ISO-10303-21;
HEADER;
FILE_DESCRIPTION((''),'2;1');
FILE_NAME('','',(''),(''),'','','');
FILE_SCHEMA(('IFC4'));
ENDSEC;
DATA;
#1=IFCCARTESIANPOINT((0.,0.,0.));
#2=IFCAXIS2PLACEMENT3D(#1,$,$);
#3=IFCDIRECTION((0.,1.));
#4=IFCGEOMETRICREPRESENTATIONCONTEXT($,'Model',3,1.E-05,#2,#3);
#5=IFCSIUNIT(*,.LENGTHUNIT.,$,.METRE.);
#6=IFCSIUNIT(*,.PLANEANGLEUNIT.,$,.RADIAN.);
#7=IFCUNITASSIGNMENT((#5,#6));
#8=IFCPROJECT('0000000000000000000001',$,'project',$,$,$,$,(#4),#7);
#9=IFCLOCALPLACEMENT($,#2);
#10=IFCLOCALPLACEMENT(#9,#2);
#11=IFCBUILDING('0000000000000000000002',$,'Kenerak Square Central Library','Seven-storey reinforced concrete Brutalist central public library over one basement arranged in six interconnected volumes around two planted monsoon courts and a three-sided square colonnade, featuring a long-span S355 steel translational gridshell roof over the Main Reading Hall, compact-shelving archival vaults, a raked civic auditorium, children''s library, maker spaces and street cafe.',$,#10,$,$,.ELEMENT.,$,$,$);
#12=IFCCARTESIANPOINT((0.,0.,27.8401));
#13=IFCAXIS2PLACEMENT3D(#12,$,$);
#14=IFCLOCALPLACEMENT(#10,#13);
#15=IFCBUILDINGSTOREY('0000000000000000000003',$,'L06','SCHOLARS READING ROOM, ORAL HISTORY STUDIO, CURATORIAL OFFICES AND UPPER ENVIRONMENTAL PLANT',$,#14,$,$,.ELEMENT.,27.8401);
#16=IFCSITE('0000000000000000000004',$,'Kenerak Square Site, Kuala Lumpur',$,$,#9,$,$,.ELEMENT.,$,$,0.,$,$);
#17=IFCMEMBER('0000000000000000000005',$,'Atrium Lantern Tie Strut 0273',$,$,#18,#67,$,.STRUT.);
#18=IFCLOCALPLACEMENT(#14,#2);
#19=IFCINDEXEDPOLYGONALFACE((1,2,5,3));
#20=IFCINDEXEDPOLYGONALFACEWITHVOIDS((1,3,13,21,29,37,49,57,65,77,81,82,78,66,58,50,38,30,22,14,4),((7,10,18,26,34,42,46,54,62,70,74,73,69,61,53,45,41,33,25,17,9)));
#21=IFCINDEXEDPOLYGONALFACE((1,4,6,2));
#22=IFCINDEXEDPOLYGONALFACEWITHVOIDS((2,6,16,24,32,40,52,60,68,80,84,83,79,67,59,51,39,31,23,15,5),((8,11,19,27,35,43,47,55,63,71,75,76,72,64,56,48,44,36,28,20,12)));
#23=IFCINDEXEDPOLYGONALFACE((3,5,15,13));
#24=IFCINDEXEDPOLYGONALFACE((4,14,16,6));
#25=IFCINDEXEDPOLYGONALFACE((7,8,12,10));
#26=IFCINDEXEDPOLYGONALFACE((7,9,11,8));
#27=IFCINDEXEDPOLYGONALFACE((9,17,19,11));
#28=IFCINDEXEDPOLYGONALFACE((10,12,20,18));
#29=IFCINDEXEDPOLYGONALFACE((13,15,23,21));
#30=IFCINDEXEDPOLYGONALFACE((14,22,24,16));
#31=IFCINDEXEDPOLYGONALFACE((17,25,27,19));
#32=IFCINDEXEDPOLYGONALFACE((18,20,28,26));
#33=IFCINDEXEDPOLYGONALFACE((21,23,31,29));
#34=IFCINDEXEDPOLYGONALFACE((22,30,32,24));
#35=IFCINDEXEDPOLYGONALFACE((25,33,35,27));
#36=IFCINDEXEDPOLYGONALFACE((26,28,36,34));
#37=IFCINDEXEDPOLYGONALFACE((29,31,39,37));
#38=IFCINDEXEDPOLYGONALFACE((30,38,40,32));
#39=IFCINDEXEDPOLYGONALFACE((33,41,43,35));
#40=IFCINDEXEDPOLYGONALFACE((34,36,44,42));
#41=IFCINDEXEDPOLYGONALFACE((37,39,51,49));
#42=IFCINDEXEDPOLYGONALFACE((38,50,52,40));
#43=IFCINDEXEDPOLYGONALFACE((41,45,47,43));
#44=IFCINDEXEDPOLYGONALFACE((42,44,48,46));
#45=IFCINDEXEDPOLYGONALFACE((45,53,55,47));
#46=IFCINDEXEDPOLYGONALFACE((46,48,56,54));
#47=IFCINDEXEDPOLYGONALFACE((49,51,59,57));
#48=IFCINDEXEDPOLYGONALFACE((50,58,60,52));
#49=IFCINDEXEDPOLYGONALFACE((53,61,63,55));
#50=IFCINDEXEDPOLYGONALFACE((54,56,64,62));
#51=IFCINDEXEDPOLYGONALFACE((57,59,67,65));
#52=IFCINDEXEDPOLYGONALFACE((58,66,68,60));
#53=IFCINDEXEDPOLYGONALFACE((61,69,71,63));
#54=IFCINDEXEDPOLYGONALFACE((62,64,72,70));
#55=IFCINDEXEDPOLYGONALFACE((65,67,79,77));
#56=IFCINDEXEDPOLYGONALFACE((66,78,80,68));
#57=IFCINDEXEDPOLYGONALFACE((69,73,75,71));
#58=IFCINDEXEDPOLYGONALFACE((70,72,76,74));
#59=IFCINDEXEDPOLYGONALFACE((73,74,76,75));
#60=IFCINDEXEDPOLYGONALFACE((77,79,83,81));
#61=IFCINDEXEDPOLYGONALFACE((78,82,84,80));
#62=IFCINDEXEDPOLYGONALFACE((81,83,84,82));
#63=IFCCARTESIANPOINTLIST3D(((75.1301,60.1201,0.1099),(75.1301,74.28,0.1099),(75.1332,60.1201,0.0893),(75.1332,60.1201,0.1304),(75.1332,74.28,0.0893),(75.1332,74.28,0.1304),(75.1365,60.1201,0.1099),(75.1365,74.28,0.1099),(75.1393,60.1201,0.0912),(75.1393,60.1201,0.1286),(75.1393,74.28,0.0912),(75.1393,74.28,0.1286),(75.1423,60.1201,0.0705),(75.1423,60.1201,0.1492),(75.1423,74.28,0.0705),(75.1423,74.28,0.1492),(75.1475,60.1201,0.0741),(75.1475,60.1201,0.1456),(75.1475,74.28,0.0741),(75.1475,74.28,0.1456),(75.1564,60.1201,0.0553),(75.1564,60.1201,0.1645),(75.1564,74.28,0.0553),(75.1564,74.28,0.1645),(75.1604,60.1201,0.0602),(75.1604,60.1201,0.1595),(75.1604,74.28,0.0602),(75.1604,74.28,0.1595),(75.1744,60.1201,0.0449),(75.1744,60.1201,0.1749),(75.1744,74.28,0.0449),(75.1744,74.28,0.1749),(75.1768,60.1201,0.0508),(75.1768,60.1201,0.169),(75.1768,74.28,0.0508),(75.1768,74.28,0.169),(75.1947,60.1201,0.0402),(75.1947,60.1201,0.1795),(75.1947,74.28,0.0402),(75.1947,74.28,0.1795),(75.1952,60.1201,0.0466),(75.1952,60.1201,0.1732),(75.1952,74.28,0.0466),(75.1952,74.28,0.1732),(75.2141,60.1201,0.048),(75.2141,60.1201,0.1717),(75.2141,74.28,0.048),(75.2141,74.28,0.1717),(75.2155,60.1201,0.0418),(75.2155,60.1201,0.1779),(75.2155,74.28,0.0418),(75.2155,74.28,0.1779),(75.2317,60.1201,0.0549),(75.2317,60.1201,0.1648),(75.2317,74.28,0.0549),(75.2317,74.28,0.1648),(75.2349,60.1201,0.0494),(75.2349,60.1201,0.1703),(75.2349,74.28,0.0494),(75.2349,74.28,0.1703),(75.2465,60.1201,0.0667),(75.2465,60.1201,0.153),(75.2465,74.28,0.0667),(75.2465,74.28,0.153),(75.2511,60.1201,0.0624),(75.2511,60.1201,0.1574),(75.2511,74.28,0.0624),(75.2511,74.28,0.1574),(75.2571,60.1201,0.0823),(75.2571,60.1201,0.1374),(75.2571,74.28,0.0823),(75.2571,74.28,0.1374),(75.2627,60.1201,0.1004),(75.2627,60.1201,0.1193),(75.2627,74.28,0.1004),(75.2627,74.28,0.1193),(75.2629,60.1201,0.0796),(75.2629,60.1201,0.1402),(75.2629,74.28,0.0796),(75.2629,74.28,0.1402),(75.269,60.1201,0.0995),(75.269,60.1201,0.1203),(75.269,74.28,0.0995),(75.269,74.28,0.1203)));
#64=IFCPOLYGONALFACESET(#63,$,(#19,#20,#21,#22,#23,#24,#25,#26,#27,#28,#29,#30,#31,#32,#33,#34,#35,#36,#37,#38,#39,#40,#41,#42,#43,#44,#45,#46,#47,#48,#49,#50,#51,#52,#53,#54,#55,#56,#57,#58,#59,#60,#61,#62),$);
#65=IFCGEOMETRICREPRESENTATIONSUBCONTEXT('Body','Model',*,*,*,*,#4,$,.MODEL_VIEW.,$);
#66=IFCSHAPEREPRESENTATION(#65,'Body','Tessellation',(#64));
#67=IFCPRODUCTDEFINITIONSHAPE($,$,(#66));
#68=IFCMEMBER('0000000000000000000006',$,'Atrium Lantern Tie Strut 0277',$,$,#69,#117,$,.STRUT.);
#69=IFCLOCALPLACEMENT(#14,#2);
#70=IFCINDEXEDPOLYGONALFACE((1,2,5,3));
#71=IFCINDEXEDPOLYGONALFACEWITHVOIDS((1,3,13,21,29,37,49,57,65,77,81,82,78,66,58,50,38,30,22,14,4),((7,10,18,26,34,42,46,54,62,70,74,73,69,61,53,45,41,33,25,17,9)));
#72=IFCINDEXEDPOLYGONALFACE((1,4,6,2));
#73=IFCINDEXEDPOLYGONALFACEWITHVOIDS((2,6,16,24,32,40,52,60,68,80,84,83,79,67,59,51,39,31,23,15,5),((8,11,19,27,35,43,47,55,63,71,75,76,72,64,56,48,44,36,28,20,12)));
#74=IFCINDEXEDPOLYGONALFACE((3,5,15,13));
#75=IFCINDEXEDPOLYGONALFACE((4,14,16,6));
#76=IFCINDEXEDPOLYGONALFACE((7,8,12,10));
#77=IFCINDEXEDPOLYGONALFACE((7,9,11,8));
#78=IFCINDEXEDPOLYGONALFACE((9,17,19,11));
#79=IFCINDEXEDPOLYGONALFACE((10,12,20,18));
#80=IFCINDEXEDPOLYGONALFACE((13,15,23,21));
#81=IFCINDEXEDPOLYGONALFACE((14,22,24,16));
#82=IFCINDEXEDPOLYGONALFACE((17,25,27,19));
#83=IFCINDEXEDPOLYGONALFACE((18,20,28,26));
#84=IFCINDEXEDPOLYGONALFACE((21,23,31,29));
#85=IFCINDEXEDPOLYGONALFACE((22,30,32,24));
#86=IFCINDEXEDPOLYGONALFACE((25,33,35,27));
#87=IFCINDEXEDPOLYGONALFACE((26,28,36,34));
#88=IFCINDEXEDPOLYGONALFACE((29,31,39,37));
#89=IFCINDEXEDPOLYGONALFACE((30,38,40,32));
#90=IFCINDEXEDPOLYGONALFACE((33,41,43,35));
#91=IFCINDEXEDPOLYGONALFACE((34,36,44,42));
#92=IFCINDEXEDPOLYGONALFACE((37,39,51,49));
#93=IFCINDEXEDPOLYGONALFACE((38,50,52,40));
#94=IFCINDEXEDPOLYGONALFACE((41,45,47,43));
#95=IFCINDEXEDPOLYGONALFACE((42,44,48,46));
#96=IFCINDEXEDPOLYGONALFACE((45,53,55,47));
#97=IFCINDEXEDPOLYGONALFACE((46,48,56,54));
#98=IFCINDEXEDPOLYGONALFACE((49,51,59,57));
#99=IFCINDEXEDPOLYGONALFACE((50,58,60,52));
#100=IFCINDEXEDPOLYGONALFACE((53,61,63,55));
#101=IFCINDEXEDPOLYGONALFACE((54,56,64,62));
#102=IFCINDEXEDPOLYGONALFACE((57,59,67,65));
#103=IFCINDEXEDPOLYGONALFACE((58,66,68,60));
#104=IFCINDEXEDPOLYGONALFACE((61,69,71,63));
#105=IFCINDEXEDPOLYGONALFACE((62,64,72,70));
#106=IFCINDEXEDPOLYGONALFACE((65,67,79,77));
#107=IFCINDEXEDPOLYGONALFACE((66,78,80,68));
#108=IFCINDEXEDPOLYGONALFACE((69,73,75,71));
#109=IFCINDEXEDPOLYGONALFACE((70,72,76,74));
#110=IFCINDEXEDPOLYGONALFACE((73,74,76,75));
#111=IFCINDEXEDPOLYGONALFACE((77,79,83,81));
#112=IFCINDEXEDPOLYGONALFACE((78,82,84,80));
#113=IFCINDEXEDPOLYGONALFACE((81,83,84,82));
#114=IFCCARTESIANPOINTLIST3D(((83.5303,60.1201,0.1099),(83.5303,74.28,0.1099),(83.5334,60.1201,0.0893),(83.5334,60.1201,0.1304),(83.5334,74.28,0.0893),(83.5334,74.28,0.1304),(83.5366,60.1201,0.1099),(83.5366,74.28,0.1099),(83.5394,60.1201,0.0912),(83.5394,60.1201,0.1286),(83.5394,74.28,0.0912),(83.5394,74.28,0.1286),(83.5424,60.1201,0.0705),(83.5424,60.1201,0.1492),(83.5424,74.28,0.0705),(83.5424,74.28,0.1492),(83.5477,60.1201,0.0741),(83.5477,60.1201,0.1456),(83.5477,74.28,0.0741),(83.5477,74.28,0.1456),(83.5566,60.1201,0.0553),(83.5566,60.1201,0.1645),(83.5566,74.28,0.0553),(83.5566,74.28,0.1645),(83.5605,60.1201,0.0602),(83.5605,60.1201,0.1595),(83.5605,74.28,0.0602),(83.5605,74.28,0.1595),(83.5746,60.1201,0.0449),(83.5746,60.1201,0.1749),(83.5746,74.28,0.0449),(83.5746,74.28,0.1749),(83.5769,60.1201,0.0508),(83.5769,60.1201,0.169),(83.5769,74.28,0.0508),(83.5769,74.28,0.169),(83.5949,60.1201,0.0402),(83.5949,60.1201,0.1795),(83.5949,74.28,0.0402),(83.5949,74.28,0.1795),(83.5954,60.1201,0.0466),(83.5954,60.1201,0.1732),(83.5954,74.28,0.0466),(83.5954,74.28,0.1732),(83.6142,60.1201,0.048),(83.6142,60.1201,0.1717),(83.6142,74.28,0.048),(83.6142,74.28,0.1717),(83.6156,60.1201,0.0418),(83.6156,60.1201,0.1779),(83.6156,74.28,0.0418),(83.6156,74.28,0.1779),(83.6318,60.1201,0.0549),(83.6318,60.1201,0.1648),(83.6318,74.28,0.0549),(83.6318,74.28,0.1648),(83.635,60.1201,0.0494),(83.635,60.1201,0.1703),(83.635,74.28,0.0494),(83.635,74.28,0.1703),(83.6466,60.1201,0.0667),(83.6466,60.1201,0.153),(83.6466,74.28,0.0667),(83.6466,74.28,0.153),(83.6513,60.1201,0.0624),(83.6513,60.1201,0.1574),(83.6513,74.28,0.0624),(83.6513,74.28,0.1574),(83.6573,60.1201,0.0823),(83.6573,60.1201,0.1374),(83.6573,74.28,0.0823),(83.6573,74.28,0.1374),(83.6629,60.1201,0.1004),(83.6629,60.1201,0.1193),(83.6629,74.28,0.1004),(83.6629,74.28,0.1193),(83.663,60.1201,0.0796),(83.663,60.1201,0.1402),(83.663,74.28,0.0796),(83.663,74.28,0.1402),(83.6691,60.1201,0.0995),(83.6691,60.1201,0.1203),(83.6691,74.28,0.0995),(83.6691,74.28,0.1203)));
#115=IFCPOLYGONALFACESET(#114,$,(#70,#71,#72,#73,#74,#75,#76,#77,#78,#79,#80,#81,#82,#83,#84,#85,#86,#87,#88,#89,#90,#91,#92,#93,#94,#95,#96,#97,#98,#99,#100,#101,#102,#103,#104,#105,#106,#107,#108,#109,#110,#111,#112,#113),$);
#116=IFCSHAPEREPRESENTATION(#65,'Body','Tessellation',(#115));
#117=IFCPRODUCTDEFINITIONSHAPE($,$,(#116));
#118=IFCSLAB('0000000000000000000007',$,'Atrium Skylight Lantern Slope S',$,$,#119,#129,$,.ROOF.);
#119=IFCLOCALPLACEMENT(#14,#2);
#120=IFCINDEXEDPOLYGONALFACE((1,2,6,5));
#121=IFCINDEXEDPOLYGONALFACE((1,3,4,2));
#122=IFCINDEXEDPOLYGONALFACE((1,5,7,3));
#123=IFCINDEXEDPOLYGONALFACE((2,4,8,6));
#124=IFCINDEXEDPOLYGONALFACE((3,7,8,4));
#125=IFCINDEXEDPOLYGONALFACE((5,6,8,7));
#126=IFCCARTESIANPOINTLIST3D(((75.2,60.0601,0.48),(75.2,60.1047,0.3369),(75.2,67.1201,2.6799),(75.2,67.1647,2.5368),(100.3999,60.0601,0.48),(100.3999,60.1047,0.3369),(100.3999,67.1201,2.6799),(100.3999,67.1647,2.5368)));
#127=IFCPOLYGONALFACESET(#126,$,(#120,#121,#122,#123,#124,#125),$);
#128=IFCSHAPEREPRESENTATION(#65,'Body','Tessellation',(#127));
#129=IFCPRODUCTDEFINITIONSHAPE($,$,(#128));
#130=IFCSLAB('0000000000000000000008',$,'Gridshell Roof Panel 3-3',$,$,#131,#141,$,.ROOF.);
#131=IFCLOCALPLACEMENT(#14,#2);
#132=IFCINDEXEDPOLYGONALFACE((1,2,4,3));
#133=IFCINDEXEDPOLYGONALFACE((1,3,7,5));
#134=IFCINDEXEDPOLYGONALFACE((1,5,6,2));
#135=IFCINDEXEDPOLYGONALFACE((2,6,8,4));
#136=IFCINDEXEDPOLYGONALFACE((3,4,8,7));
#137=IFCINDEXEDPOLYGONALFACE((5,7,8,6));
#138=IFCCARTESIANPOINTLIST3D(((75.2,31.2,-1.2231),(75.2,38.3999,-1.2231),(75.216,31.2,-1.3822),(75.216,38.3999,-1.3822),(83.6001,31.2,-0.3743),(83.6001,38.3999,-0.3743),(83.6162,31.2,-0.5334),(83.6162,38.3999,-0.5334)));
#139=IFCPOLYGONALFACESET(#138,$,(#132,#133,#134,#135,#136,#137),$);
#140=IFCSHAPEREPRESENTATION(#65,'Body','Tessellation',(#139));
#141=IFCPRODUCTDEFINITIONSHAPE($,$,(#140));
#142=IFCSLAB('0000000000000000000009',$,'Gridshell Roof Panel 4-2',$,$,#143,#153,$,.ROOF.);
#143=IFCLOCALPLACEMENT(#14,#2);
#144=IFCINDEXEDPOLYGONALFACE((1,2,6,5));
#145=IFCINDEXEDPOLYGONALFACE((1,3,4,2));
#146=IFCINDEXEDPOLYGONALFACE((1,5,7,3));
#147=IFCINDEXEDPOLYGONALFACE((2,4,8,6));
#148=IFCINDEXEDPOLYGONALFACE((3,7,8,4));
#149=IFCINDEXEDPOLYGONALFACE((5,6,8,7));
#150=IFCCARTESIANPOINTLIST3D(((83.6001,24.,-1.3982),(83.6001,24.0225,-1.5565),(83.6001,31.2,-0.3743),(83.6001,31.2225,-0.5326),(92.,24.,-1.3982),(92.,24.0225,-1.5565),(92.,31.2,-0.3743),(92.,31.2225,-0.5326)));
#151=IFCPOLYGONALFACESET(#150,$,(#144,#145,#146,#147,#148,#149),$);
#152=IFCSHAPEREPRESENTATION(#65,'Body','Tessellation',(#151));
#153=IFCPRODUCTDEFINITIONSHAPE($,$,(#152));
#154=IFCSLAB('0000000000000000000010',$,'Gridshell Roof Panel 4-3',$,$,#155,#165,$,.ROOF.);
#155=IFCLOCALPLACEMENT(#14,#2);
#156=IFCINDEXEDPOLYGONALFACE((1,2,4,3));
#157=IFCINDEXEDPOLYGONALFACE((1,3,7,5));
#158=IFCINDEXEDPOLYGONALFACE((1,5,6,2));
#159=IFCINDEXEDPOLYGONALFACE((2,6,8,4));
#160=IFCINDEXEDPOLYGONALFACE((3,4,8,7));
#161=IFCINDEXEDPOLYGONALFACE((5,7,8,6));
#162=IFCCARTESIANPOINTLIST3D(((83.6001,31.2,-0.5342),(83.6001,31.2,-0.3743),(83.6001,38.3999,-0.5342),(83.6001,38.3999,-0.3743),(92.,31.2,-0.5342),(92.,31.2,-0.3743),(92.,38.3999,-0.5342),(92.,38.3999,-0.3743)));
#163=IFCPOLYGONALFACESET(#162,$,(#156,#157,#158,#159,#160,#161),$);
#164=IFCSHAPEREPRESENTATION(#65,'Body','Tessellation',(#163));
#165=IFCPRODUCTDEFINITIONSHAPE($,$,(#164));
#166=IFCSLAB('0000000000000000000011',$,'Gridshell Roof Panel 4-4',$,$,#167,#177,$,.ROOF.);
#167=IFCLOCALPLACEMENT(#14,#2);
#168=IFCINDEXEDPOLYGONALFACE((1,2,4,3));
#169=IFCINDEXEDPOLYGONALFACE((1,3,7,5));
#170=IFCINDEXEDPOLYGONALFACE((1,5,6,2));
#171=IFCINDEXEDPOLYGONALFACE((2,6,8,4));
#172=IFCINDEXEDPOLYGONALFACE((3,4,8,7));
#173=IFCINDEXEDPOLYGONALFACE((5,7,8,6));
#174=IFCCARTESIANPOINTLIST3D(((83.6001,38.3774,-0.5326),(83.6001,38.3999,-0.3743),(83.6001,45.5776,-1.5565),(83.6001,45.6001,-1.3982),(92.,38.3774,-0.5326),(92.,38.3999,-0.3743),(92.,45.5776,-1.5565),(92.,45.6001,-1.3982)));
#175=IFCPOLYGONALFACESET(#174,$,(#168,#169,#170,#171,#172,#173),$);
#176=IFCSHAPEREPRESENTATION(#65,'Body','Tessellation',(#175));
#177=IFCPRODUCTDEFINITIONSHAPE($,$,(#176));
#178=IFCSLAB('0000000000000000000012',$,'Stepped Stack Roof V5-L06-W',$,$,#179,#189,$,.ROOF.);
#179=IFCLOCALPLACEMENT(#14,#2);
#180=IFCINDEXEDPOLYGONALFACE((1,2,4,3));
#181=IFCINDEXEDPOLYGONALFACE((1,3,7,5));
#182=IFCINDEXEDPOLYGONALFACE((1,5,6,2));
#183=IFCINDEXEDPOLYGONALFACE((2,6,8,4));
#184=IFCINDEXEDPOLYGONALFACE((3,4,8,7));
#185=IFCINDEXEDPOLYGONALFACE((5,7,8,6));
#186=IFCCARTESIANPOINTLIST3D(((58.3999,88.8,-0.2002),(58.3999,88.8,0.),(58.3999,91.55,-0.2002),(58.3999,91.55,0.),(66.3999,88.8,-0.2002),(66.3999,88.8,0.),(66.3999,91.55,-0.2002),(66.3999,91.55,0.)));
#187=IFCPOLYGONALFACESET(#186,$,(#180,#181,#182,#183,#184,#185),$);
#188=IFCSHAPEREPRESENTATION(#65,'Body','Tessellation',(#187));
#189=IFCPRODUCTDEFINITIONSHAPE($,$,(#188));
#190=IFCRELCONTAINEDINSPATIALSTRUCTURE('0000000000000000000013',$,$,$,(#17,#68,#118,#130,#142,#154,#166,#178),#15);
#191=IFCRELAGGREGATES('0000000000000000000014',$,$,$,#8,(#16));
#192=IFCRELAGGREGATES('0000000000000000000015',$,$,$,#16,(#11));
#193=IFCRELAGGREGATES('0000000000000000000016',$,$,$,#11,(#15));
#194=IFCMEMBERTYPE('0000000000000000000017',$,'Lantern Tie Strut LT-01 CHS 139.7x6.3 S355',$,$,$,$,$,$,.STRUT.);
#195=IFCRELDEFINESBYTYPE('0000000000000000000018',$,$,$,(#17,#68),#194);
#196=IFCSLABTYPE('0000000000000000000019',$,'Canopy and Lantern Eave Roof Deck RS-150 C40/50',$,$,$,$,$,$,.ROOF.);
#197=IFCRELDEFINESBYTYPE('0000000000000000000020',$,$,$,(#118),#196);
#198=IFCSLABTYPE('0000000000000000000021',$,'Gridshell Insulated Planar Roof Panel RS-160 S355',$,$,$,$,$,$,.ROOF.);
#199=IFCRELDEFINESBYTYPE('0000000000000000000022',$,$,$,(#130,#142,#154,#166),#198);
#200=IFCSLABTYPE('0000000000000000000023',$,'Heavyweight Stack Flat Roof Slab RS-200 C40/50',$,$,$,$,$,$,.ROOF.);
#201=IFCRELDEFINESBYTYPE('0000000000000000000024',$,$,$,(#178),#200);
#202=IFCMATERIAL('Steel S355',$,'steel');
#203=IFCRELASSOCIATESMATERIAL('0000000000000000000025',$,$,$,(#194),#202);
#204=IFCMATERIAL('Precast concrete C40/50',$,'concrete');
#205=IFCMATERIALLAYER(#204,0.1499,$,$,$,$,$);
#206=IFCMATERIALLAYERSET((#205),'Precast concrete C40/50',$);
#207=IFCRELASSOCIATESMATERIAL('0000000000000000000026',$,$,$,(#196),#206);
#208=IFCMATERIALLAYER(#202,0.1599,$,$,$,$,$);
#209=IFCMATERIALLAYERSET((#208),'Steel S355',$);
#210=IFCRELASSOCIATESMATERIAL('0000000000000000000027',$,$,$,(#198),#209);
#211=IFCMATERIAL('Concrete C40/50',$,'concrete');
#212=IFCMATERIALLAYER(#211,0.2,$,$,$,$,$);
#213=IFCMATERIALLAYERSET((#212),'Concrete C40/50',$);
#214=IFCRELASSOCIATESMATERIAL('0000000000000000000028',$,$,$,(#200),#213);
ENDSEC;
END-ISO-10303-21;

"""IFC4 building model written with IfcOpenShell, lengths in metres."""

from ifc_helpers import new_model, si_unit, direction, frame, origin, origin_2d, place, context, subcontext, project, spatial, polyline, hollow_circle, outline, extrude, material, layer, layer_set, material_profile, profile_set, type_object, element, save


model = new_model("IFC4")

# Units and contexts
model_context = context("Model", 3, precision=1e-05, world=origin(), true_north=direction((0.0, 1.0)))
body_context = subcontext(model_context, "Body", "Model", "MODEL_VIEW")
ifc_project = project(units=[si_unit("LENGTHUNIT", "METRE"), si_unit("PLANEANGLEUNIT", "RADIAN")], contexts=[model_context])

# Site, building, storey
site_placement = place(None, origin())
site = spatial("IfcSite", under=ifc_project, at=site_placement, Name="Kenerak Square Site, Kuala Lumpur", CompositionType="ELEMENT", RefElevation=0.0)
building_placement = place(site_placement, origin())
building = spatial("IfcBuilding", under=site, at=building_placement, Name="Kenerak Square Central Library", Description="Seven-storey reinforced concrete Brutalist central public library over one basement arranged in six interconnected volumes around two planted monsoon courts and a three-sided square colonnade, featuring a long-span S355 steel translational gridshell roof over the Main Reading Hall, compact-shelving archival vaults, a raked civic auditorium, children's library, maker spaces and street cafe.", CompositionType="ELEMENT")
storey_placement = place(building_placement, frame((0.0, 0.0, 27.8401)))
storey = spatial("IfcBuildingStorey", under=building, at=storey_placement, Name="L06", Description="SCHOLARS READING ROOM, ORAL HISTORY STUDIO, CURATORIAL OFFICES AND UPPER ENVIRONMENTAL PLANT", CompositionType="ELEMENT", Elevation=27.8401)

# Shared definitions
ifc_material_1 = material(Name="Steel S355", Category="steel")

# Members
ifc_material_profile_1 = material_profile(ifc_material_1, hollow_circle(Radius=0.0698, WallThickness=0.0063, at=origin_2d()), Name="CHS 139.7x6.3")
ifc_profile_set_1 = profile_set([ifc_material_profile_1], Name="Steel S355")
member_type_1 = type_object("IfcMemberType", Name="Lantern Tie Strut LT-01 CHS 139.7x6.3 S355", PredefinedType="STRUT", material=ifc_profile_set_1)
for number, where, z_axis, x_axis, name in (
    (1, (75.2, 60.1201, 0.1099), (0.0, 1.0, 0.0), (-1.0, 0.0, 0.0), "Atrium Lantern Tie Strut 0273"),
    (2, (83.6001, 60.1201, 0.1099), (0.0, 1.0, 0.0), (-1.0, 0.0, 0.0), "Atrium Lantern Tie Strut 0277"),
):
    element("IfcMember", number, at=place(storey_placement, frame(where, z_axis=z_axis, x_axis=x_axis)), inside=storey, type_object=member_type_1, Name=name, PredefinedType="STRUT", context=body_context, shape_type="SweptSolid", body=[
        extrude(hollow_circle(Radius=0.0698, WallThickness=0.0063, at=origin_2d()), origin(), (0.0, 0.0, 1.0), 14.1599),
    ])

# Slabs
ifc_material_2 = material(Name="Precast concrete C40/50", Category="concrete")
ifc_layer_1 = layer(ifc_material_2, 0.1499)
ifc_layer_set_1 = layer_set([ifc_layer_1], Name="Precast concrete C40/50")
slab_type_1 = type_object("IfcSlabType", Name="Canopy and Lantern Eave Roof Deck RS-150 C40/50", PredefinedType="ROOF", material=ifc_layer_set_1)
slab_1_placement = place(storey_placement, frame((75.2, 60.0601, 0.48), z_axis=(0.0, -0.297497, 0.954723), x_axis=(1.0, 0.0, 0.0)))
element("IfcSlab", 3, at=slab_1_placement, inside=storey, type_object=slab_type_1, Name="Atrium Skylight Lantern Slope S", PredefinedType="ROOF", context=body_context, shape_type="SweptSolid", body=[
    extrude(outline(polyline([(0.0, 0.0), (25.2, 0.0), (25.2, 7.3949), (0.0, 7.3949), (0.0, 0.0)])), origin(), (0.0, 0.0, -1.0), 0.1499),
])
ifc_layer_2 = layer(ifc_material_1, 0.1599)
ifc_layer_set_2 = layer_set([ifc_layer_2], Name="Steel S355")
slab_type_2 = type_object("IfcSlabType", Name="Gridshell Insulated Planar Roof Panel RS-160 S355", PredefinedType="ROOF", material=ifc_layer_set_2)
slab_2_placement = place(storey_placement, frame((75.2, 31.2, -1.2231), z_axis=(-0.100543, 0.0, 0.994933), x_axis=(0.994933, 0.0, 0.100543)))
element("IfcSlab", 4, at=slab_2_placement, inside=storey, type_object=slab_type_2, Name="Gridshell Roof Panel 3-3", PredefinedType="ROOF", context=body_context, shape_type="SweptSolid", body=[
    extrude(outline(polyline([(0.0, 0.0), (8.4429, 0.0), (8.4429, 7.2), (0.0, 7.2), (0.0, 0.0)])), origin(), (0.0, 0.0, -1.0), 0.1599),
])
slab_3_placement = place(storey_placement, frame((83.6001, 24.0, -1.3982), z_axis=(0.0, -0.140796, 0.990039), x_axis=(1.0, 0.0, 0.0)))
element("IfcSlab", 5, at=slab_3_placement, inside=storey, type_object=slab_type_2, Name="Gridshell Roof Panel 4-2", PredefinedType="ROOF", context=body_context, shape_type="SweptSolid", body=[
    extrude(outline(polyline([(0.0, 0.0), (8.3999, 0.0), (8.3999, 7.2724), (0.0, 7.2724), (0.0, 0.0)])), origin(), (0.0, 0.0, -1.0), 0.1599),
])
slab_4_placement = place(storey_placement, frame((83.6001, 31.2, -0.3743), z_axis=(0.0, 0.0, 1.0), x_axis=(1.0, 0.0, 0.0)))
element("IfcSlab", 6, at=slab_4_placement, inside=storey, type_object=slab_type_2, Name="Gridshell Roof Panel 4-3", PredefinedType="ROOF", context=body_context, shape_type="SweptSolid", body=[
    extrude(outline(polyline([(0.0, 0.0), (8.3999, 0.0), (8.3999, 7.2), (0.0, 7.2), (0.0, 0.0)])), origin(), (0.0, 0.0, -1.0), 0.1599),
])
slab_5_placement = place(storey_placement, frame((83.6001, 38.3999, -0.3743), z_axis=(0.0, 0.140792, 0.990039), x_axis=(1.0, 0.0, 0.0)))
element("IfcSlab", 7, at=slab_5_placement, inside=storey, type_object=slab_type_2, Name="Gridshell Roof Panel 4-4", PredefinedType="ROOF", context=body_context, shape_type="SweptSolid", body=[
    extrude(outline(polyline([(0.0, 0.0), (8.3999, 0.0), (8.3999, 7.2726), (0.0, 7.2726), (0.0, 0.0)])), origin(), (0.0, 0.0, -1.0), 0.1599),
])
ifc_material_3 = material(Name="Concrete C40/50", Category="concrete")
ifc_layer_3 = layer(ifc_material_3, 0.2)
ifc_layer_set_3 = layer_set([ifc_layer_3], Name="Concrete C40/50")
slab_type_3 = type_object("IfcSlabType", Name="Heavyweight Stack Flat Roof Slab RS-200 C40/50", PredefinedType="ROOF", material=ifc_layer_set_3)
slab_6_placement = place(storey_placement, frame((0.0, 0.0, -0.2002)))
element("IfcSlab", 8, at=slab_6_placement, inside=storey, type_object=slab_type_3, Name="Stepped Stack Roof V5-L06-W", PredefinedType="ROOF", context=body_context, shape_type="SweptSolid", body=[
    extrude(outline(polyline([(58.3999, 88.8), (66.3999, 88.8), (66.3999, 91.55), (58.3999, 91.55), (58.3999, 88.8)])), origin(), (0.0, 0.0, 1.0), 0.2002),
])

save(model, "model.ifc")
